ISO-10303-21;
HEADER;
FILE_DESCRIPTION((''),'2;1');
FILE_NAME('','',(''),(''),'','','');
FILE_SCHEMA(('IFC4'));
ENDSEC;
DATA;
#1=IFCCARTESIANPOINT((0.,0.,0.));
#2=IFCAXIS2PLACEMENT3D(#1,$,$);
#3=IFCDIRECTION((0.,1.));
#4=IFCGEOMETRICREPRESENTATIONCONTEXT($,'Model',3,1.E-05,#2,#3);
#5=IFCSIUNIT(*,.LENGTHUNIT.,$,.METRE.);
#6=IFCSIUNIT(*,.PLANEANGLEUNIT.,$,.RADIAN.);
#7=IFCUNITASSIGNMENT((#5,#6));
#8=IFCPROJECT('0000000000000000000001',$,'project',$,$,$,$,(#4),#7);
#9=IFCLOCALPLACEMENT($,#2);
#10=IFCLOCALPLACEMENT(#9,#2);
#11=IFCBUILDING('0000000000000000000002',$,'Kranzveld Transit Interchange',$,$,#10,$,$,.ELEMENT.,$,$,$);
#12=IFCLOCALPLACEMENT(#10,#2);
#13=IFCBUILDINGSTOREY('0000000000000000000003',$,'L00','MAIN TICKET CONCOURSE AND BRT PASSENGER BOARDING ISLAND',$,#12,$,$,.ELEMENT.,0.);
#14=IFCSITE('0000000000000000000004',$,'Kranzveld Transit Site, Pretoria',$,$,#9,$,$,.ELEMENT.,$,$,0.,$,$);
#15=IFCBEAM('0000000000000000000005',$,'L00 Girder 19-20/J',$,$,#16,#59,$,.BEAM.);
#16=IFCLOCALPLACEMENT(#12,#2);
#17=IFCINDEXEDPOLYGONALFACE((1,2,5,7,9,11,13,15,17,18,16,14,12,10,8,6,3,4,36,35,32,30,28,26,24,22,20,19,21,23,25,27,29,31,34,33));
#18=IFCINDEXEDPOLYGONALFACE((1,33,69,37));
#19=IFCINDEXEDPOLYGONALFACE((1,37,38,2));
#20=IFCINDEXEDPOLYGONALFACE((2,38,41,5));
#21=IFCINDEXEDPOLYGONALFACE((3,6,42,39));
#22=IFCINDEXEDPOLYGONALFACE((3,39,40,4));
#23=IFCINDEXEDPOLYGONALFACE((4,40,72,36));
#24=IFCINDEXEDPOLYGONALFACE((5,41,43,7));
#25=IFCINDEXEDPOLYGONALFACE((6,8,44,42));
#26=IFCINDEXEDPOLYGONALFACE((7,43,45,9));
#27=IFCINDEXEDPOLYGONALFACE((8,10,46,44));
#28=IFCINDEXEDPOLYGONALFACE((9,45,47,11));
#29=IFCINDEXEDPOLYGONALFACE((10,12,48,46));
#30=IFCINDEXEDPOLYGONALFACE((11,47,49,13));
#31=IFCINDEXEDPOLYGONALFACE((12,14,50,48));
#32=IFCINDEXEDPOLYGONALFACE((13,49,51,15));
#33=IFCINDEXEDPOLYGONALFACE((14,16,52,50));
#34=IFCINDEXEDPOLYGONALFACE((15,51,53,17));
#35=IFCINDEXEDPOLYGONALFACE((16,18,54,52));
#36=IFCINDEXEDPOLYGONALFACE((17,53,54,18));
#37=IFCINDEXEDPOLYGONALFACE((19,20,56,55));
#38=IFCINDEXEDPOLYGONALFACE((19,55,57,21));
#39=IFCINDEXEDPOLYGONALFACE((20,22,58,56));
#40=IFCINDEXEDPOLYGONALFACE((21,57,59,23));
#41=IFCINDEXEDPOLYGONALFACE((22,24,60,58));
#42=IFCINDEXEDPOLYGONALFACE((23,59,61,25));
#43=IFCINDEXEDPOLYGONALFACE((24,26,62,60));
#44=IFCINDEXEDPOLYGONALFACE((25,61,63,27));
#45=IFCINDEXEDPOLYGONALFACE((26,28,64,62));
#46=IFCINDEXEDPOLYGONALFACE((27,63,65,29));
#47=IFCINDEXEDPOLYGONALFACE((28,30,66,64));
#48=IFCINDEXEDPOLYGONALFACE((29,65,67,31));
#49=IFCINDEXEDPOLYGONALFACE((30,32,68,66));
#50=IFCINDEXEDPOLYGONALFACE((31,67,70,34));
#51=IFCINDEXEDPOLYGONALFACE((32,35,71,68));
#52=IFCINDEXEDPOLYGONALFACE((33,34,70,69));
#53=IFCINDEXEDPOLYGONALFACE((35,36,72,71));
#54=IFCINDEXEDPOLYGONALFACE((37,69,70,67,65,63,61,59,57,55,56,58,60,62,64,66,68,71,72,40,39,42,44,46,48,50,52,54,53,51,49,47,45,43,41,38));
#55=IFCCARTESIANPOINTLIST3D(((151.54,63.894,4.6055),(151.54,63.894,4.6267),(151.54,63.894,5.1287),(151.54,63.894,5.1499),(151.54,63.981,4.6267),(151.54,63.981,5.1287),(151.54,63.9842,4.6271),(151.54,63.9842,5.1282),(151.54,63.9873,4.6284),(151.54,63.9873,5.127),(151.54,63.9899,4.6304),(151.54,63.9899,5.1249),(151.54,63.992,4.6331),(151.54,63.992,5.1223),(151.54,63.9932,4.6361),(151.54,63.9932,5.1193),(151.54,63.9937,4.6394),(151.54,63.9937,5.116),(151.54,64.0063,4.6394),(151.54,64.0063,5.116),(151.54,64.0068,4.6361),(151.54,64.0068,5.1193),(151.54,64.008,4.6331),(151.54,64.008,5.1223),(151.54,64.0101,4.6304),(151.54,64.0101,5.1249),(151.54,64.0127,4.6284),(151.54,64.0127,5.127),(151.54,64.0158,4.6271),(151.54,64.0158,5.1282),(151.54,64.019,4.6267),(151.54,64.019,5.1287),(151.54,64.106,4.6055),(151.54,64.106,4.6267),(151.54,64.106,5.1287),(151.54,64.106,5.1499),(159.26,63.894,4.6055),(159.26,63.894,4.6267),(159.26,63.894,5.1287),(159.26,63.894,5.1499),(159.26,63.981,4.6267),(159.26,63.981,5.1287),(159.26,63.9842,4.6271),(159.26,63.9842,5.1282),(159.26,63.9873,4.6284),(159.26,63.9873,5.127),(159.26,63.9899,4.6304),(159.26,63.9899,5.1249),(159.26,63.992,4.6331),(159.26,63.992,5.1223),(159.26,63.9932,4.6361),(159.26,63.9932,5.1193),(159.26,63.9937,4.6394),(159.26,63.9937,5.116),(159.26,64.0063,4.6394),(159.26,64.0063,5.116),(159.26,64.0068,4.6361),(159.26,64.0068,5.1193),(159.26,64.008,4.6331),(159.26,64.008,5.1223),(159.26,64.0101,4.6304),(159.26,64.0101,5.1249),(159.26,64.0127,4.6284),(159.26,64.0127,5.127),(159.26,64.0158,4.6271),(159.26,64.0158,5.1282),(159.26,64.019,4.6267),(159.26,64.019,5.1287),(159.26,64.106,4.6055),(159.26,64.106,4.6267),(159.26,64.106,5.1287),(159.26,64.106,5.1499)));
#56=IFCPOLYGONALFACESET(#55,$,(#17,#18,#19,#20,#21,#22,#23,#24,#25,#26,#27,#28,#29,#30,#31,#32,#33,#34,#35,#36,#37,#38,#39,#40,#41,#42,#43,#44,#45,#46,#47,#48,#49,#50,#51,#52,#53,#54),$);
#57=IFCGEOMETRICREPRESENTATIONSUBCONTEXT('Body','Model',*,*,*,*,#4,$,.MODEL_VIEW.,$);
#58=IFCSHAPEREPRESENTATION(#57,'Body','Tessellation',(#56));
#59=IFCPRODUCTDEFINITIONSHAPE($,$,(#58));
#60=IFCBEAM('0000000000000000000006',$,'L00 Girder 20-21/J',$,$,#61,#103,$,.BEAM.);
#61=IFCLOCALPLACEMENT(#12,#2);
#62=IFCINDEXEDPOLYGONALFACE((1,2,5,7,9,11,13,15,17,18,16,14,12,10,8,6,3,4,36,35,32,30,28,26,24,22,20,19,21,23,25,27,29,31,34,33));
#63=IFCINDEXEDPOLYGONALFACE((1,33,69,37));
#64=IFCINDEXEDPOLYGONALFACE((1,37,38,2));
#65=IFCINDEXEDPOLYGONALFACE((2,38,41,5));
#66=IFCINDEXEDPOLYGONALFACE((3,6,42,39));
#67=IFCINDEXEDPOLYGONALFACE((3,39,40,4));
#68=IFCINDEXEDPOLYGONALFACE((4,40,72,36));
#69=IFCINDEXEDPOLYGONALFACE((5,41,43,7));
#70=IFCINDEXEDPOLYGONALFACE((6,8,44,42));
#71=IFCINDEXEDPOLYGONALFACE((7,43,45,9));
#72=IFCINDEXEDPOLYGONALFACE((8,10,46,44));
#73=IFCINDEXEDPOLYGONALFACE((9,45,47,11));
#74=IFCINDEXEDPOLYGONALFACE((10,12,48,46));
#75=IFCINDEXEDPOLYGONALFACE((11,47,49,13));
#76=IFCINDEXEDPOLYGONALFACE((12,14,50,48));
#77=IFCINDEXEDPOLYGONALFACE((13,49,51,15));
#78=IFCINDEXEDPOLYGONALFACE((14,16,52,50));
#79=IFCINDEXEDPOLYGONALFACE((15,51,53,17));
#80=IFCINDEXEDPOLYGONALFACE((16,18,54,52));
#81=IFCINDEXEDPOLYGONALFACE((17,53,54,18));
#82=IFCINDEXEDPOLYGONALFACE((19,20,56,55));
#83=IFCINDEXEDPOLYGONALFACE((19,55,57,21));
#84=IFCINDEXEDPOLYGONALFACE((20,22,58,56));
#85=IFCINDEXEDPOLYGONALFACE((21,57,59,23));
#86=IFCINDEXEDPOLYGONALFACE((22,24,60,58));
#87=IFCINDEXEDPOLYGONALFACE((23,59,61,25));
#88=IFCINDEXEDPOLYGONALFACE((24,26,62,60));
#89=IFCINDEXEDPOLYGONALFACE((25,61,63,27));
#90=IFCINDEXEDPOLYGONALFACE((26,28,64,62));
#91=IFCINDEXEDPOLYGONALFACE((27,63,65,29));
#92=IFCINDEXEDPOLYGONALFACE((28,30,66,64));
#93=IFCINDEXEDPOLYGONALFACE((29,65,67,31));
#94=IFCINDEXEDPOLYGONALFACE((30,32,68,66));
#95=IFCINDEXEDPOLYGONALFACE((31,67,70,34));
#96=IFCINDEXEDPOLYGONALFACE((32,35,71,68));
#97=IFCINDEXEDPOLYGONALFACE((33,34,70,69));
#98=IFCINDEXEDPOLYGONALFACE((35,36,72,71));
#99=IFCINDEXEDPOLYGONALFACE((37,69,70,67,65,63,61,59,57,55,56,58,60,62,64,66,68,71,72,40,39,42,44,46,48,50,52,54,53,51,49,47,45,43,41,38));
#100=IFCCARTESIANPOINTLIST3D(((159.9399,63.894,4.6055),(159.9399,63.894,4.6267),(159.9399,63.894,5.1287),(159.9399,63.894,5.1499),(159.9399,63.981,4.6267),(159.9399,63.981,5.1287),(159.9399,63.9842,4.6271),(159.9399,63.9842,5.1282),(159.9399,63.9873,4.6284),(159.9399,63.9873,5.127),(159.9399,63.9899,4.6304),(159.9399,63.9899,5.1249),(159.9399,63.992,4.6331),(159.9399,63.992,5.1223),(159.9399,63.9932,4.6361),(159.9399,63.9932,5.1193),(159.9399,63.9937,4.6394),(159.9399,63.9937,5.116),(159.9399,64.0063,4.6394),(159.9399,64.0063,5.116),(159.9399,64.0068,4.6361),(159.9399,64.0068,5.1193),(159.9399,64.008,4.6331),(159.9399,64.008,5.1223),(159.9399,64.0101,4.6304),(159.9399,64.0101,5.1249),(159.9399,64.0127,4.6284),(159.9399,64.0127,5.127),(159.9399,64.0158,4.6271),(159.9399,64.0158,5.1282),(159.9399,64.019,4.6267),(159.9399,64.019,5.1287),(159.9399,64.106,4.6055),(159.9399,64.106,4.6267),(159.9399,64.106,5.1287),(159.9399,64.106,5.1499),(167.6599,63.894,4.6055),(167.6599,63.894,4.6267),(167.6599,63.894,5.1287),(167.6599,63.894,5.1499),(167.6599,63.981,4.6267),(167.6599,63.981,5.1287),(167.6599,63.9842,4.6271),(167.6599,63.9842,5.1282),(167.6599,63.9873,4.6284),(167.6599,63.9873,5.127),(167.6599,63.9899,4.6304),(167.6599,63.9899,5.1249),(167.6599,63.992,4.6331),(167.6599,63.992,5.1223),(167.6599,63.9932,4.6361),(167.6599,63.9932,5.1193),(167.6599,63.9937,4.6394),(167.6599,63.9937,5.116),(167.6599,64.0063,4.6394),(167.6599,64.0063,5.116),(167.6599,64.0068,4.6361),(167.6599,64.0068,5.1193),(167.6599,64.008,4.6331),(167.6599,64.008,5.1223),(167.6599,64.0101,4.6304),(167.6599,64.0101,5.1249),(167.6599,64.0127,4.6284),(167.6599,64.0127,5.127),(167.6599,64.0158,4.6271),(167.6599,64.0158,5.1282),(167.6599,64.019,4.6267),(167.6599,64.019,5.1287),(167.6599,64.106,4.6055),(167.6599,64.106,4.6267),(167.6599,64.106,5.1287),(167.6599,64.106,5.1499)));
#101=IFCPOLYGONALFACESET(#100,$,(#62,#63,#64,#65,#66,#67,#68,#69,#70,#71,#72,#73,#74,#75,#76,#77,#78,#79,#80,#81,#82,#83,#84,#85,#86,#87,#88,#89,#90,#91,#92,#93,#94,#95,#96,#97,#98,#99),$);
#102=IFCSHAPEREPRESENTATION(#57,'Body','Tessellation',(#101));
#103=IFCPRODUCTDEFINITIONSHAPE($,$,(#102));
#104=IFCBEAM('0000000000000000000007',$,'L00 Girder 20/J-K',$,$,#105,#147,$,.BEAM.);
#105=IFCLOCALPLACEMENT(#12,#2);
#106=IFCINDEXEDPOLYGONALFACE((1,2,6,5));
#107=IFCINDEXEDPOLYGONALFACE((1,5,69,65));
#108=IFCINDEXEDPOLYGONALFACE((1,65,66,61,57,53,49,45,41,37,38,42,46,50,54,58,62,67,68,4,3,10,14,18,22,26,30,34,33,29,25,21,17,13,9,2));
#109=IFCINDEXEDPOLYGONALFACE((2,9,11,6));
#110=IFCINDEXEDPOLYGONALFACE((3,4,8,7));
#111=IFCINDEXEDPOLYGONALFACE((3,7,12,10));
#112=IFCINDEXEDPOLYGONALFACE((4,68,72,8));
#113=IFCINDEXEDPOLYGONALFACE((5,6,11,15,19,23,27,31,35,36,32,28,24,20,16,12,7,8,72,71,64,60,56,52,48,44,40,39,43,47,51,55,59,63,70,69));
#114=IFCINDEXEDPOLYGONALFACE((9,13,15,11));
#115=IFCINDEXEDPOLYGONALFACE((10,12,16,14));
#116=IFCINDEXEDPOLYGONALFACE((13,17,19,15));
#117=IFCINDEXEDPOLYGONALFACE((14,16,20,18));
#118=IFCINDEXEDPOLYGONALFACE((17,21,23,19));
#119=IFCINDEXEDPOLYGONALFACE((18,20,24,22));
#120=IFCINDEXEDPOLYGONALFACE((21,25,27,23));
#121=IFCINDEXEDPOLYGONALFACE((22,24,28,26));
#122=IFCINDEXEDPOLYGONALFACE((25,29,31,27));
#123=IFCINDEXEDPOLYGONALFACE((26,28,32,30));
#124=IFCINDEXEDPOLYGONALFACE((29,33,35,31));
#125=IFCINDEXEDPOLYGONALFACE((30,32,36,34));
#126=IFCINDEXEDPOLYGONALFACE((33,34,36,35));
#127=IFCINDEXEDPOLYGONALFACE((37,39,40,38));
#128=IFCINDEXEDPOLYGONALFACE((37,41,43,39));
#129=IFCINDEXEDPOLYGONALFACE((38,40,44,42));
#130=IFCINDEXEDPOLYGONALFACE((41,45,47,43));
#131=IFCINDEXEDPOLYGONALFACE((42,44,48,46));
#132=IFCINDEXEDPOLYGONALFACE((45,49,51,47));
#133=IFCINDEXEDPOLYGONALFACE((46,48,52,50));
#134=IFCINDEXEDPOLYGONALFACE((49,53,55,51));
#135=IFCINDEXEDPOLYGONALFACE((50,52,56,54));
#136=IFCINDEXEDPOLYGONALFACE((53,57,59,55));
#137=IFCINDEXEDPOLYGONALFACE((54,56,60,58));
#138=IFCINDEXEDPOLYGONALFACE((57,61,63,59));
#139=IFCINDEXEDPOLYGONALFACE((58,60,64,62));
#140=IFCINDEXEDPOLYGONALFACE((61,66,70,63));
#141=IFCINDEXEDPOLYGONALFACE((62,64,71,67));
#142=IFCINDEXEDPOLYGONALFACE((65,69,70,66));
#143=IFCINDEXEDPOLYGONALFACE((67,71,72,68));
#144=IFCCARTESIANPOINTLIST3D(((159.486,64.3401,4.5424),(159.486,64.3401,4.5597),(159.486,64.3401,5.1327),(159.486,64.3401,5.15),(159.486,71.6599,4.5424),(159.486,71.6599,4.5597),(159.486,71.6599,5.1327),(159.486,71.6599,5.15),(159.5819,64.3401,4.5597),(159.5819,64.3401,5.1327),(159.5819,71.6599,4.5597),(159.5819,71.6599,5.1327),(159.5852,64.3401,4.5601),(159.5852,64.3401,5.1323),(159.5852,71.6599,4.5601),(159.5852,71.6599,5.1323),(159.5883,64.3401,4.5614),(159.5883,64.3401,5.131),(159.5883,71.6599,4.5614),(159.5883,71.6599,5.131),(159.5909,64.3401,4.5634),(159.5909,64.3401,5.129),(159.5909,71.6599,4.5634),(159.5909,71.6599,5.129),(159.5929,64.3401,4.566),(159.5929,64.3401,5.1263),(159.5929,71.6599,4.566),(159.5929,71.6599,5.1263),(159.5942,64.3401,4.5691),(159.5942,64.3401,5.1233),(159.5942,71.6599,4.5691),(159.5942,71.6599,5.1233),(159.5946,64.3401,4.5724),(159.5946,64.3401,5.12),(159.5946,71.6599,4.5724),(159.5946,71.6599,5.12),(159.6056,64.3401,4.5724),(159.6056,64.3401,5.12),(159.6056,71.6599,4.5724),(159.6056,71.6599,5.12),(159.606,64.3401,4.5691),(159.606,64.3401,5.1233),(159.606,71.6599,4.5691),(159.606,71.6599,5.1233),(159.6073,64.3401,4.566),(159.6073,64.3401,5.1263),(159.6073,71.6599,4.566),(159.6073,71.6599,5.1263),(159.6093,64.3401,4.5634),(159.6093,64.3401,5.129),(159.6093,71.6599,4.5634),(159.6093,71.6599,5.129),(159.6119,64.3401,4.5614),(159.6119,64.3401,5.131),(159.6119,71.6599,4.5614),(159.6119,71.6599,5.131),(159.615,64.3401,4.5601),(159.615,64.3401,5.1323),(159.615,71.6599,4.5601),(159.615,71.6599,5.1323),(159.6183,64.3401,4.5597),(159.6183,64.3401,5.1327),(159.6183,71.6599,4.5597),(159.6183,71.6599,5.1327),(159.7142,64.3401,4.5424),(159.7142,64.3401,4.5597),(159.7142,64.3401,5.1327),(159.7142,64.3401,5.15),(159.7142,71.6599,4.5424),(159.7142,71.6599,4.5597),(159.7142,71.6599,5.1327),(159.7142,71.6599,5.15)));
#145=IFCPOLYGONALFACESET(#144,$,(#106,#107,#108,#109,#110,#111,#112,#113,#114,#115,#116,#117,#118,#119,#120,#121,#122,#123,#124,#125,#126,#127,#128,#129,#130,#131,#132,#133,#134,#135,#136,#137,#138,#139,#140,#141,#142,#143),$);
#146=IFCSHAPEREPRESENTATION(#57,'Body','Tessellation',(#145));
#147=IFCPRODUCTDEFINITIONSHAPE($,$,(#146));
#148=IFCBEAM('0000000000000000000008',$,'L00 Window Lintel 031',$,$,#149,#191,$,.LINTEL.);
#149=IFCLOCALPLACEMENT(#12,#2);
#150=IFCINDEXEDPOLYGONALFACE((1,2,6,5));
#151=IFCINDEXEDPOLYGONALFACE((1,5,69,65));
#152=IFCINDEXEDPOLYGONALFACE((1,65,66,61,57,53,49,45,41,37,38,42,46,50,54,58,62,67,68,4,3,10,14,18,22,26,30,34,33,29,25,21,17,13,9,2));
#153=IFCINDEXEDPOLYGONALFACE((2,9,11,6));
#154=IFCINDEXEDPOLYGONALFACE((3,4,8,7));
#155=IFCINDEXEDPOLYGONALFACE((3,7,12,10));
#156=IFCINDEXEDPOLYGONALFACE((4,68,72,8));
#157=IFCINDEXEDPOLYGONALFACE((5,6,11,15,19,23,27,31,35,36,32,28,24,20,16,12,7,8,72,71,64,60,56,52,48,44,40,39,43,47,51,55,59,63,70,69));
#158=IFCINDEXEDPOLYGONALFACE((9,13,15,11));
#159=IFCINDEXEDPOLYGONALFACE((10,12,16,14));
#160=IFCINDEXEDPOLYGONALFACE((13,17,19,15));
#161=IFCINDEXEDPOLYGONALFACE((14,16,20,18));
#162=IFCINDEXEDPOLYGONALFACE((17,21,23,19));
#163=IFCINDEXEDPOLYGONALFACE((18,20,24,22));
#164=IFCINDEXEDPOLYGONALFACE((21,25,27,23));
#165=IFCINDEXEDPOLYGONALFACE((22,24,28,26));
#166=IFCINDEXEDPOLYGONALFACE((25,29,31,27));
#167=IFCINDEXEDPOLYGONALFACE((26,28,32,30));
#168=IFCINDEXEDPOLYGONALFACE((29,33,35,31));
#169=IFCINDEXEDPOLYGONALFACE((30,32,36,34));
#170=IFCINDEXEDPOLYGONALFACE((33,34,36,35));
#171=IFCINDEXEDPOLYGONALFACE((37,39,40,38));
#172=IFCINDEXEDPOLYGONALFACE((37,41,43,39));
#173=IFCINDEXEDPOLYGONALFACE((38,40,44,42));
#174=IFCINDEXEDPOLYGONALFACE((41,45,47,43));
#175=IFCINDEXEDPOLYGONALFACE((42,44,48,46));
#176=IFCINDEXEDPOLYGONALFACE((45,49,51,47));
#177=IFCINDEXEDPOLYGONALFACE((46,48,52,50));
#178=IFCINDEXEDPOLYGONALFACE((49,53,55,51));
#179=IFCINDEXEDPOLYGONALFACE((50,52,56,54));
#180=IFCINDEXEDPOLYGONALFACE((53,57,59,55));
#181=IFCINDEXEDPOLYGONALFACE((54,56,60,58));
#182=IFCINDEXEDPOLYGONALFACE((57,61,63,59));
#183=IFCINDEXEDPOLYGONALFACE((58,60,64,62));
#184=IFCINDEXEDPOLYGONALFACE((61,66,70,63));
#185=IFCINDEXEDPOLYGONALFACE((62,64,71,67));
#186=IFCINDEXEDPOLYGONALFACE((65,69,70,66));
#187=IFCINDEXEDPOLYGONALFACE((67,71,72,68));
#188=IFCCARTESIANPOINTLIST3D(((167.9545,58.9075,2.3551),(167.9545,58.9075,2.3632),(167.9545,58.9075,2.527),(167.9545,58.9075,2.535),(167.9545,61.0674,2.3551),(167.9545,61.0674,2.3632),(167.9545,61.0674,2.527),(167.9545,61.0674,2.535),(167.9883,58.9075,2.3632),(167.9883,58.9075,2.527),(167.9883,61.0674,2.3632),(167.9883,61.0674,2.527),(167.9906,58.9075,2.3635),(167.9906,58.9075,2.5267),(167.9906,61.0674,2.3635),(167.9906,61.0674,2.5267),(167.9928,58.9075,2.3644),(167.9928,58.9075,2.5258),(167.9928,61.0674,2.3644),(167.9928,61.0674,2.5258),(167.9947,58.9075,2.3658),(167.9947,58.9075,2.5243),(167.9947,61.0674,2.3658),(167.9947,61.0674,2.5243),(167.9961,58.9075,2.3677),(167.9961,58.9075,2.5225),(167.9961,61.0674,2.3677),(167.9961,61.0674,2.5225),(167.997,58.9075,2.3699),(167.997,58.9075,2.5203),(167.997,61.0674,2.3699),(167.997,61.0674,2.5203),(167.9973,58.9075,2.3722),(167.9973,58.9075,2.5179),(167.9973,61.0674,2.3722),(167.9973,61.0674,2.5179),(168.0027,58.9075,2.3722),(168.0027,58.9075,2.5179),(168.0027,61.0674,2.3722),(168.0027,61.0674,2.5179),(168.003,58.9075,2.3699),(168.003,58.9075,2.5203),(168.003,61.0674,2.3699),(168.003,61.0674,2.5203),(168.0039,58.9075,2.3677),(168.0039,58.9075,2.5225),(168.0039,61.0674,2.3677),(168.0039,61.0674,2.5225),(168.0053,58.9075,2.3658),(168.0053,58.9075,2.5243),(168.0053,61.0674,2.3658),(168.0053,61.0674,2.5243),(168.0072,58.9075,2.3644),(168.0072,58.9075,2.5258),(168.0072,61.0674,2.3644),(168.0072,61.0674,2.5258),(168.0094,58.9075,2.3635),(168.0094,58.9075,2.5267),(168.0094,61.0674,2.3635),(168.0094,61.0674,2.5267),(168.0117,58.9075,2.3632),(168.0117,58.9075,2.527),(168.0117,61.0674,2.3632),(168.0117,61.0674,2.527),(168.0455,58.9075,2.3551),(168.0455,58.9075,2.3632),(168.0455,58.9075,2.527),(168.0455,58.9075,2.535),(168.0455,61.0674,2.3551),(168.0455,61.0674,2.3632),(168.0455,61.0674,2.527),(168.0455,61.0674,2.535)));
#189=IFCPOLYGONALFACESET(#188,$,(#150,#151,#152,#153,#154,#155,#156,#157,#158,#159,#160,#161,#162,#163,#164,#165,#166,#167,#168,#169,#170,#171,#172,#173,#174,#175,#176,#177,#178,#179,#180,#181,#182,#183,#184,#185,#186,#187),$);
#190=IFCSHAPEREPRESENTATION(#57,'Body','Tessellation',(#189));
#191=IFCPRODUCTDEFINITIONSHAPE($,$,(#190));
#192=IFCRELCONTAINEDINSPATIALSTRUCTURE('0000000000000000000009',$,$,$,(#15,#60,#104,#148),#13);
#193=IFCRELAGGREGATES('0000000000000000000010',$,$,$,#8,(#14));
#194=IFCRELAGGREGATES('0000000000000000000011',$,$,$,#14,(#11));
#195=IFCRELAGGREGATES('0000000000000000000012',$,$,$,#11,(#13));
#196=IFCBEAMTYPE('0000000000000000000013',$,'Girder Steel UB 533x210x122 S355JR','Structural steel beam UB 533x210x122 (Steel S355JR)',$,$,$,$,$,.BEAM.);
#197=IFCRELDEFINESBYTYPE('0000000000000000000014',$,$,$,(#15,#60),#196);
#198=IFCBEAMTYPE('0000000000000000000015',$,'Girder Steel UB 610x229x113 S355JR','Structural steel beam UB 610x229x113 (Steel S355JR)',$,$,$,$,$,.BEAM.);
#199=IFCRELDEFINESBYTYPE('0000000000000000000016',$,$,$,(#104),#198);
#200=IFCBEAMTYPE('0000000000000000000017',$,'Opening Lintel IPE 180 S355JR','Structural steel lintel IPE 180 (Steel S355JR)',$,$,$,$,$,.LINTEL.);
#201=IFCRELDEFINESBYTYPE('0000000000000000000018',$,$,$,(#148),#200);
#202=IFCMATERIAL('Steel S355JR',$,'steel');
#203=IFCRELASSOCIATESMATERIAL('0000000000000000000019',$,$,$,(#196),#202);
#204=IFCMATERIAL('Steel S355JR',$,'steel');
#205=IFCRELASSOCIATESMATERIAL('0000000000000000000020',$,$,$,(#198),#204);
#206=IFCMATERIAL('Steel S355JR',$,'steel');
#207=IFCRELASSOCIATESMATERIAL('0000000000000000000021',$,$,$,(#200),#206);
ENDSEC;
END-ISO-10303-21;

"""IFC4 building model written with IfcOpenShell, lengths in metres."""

from ifc_helpers import new_model, si_unit, direction, frame, origin, origin_2d, place, context, subcontext, project, spatial, i_section, extrude, material, material_profile, profile_set, type_object, element, save


model = new_model("IFC4")

# Units and contexts
model_context = context("Model", 3, precision=1e-05, world=origin(), true_north=direction((0.0, 1.0)))
body_context = subcontext(model_context, "Body", "Model", "MODEL_VIEW")
ifc_project = project(units=[si_unit("LENGTHUNIT", "METRE"), si_unit("PLANEANGLEUNIT", "RADIAN")], contexts=[model_context])

# Site, building, storey
site_placement = place(None, origin())
site = spatial("IfcSite", under=ifc_project, at=site_placement, Name="Kranzveld Transit Site, Pretoria", CompositionType="ELEMENT", RefElevation=0.0)
building_placement = place(site_placement, origin())
building = spatial("IfcBuilding", under=site, at=building_placement, Name="Kranzveld Transit Interchange", CompositionType="ELEMENT")
storey_placement = place(building_placement, origin())
storey = spatial("IfcBuildingStorey", under=building, at=storey_placement, Name="L00", Description="MAIN TICKET CONCOURSE AND BRT PASSENGER BOARDING ISLAND", CompositionType="ELEMENT", Elevation=0.0)

# Beams
ifc_material_1 = material(Name="Steel S355JR", Category="steel")
ifc_material_profile_1 = material_profile(ifc_material_1, i_section(OverallWidth=0.2119, OverallDepth=0.5444, WebThickness=0.0127, FlangeThickness=0.0212, FilletRadius=0.0127, at=origin_2d()), Name="UB 533x210x122")
ifc_profile_set_1 = profile_set([ifc_material_profile_1], Name="Steel S355JR")
beam_type_1 = type_object("IfcBeamType", Name="Girder Steel UB 533x210x122 S355JR", Description="Structural steel beam UB 533x210x122 (Steel S355JR)", PredefinedType="BEAM", material=ifc_profile_set_1)
for number, where, z_axis, x_axis, name in (
    (1, (151.54, 64.0, 4.8777), (1.0, 0.0, 0.0), (0.0, 1.0, 0.0), "L00 Girder 19-20/J"),
    (2, (159.9399, 64.0, 4.8777), (1.0, 0.0, 0.0), (0.0, 1.0, 0.0), "L00 Girder 20-21/J"),
):
    element("IfcBeam", number, at=place(storey_placement, frame(where, z_axis=z_axis, x_axis=x_axis)), inside=storey, type_object=beam_type_1, Name=name, PredefinedType="BEAM", context=body_context, shape_type="SweptSolid", body=[
        extrude(i_section(OverallWidth=0.2119, OverallDepth=0.5444, WebThickness=0.0127, FlangeThickness=0.0212, FilletRadius=0.0127, at=origin_2d()), origin(), (0.0, 0.0, 1.0), 7.72),
    ])
ifc_material_2 = material(Name="Steel S355JR", Category="steel")
ifc_material_profile_2 = material_profile(ifc_material_2, i_section(OverallWidth=0.2283, OverallDepth=0.6077, WebThickness=0.011, FlangeThickness=0.0173, FilletRadius=0.0127, at=origin_2d()), Name="UB 610x229x113")
ifc_profile_set_2 = profile_set([ifc_material_profile_2], Name="Steel S355JR")
beam_type_2 = type_object("IfcBeamType", Name="Girder Steel UB 610x229x113 S355JR", Description="Structural steel beam UB 610x229x113 (Steel S355JR)", PredefinedType="BEAM", material=ifc_profile_set_2)
beam_1_placement = place(storey_placement, frame((159.6001, 64.3401, 4.8462), z_axis=(0.0, 1.0, 0.0), x_axis=(-1.0, 0.0, 0.0)))
element("IfcBeam", 3, at=beam_1_placement, inside=storey, type_object=beam_type_2, Name="L00 Girder 20/J-K", PredefinedType="BEAM", context=body_context, shape_type="SweptSolid", body=[
    extrude(i_section(OverallWidth=0.2283, OverallDepth=0.6077, WebThickness=0.011, FlangeThickness=0.0173, FilletRadius=0.0127, at=origin_2d()), origin(), (0.0, 0.0, 1.0), 7.3198),
])
ifc_material_3 = material(Name="Steel S355JR", Category="steel")
ifc_material_profile_3 = material_profile(ifc_material_3, i_section(OverallWidth=0.0911, OverallDepth=0.1799, WebThickness=0.0054, FlangeThickness=0.0081, FilletRadius=0.009, at=origin_2d()), Name="IPE 180")
ifc_profile_set_3 = profile_set([ifc_material_profile_3], Name="Steel S355JR")
beam_type_3 = type_object("IfcBeamType", Name="Opening Lintel IPE 180 S355JR", Description="Structural steel lintel IPE 180 (Steel S355JR)", PredefinedType="LINTEL", material=ifc_profile_set_3)
beam_2_placement = place(storey_placement, frame((168.0, 58.9075, 2.4451), z_axis=(0.0, 1.0, 0.0), x_axis=(-1.0, 0.0, 0.0)))
element("IfcBeam", 4, at=beam_2_placement, inside=storey, type_object=beam_type_3, Name="L00 Window Lintel 031", PredefinedType="LINTEL", context=body_context, shape_type="SweptSolid", body=[
    extrude(i_section(OverallWidth=0.0911, OverallDepth=0.1799, WebThickness=0.0054, FlangeThickness=0.0081, FilletRadius=0.009, at=origin_2d()), origin(), (0.0, 0.0, 1.0), 2.1599),
])

save(model, "model.ifc")
